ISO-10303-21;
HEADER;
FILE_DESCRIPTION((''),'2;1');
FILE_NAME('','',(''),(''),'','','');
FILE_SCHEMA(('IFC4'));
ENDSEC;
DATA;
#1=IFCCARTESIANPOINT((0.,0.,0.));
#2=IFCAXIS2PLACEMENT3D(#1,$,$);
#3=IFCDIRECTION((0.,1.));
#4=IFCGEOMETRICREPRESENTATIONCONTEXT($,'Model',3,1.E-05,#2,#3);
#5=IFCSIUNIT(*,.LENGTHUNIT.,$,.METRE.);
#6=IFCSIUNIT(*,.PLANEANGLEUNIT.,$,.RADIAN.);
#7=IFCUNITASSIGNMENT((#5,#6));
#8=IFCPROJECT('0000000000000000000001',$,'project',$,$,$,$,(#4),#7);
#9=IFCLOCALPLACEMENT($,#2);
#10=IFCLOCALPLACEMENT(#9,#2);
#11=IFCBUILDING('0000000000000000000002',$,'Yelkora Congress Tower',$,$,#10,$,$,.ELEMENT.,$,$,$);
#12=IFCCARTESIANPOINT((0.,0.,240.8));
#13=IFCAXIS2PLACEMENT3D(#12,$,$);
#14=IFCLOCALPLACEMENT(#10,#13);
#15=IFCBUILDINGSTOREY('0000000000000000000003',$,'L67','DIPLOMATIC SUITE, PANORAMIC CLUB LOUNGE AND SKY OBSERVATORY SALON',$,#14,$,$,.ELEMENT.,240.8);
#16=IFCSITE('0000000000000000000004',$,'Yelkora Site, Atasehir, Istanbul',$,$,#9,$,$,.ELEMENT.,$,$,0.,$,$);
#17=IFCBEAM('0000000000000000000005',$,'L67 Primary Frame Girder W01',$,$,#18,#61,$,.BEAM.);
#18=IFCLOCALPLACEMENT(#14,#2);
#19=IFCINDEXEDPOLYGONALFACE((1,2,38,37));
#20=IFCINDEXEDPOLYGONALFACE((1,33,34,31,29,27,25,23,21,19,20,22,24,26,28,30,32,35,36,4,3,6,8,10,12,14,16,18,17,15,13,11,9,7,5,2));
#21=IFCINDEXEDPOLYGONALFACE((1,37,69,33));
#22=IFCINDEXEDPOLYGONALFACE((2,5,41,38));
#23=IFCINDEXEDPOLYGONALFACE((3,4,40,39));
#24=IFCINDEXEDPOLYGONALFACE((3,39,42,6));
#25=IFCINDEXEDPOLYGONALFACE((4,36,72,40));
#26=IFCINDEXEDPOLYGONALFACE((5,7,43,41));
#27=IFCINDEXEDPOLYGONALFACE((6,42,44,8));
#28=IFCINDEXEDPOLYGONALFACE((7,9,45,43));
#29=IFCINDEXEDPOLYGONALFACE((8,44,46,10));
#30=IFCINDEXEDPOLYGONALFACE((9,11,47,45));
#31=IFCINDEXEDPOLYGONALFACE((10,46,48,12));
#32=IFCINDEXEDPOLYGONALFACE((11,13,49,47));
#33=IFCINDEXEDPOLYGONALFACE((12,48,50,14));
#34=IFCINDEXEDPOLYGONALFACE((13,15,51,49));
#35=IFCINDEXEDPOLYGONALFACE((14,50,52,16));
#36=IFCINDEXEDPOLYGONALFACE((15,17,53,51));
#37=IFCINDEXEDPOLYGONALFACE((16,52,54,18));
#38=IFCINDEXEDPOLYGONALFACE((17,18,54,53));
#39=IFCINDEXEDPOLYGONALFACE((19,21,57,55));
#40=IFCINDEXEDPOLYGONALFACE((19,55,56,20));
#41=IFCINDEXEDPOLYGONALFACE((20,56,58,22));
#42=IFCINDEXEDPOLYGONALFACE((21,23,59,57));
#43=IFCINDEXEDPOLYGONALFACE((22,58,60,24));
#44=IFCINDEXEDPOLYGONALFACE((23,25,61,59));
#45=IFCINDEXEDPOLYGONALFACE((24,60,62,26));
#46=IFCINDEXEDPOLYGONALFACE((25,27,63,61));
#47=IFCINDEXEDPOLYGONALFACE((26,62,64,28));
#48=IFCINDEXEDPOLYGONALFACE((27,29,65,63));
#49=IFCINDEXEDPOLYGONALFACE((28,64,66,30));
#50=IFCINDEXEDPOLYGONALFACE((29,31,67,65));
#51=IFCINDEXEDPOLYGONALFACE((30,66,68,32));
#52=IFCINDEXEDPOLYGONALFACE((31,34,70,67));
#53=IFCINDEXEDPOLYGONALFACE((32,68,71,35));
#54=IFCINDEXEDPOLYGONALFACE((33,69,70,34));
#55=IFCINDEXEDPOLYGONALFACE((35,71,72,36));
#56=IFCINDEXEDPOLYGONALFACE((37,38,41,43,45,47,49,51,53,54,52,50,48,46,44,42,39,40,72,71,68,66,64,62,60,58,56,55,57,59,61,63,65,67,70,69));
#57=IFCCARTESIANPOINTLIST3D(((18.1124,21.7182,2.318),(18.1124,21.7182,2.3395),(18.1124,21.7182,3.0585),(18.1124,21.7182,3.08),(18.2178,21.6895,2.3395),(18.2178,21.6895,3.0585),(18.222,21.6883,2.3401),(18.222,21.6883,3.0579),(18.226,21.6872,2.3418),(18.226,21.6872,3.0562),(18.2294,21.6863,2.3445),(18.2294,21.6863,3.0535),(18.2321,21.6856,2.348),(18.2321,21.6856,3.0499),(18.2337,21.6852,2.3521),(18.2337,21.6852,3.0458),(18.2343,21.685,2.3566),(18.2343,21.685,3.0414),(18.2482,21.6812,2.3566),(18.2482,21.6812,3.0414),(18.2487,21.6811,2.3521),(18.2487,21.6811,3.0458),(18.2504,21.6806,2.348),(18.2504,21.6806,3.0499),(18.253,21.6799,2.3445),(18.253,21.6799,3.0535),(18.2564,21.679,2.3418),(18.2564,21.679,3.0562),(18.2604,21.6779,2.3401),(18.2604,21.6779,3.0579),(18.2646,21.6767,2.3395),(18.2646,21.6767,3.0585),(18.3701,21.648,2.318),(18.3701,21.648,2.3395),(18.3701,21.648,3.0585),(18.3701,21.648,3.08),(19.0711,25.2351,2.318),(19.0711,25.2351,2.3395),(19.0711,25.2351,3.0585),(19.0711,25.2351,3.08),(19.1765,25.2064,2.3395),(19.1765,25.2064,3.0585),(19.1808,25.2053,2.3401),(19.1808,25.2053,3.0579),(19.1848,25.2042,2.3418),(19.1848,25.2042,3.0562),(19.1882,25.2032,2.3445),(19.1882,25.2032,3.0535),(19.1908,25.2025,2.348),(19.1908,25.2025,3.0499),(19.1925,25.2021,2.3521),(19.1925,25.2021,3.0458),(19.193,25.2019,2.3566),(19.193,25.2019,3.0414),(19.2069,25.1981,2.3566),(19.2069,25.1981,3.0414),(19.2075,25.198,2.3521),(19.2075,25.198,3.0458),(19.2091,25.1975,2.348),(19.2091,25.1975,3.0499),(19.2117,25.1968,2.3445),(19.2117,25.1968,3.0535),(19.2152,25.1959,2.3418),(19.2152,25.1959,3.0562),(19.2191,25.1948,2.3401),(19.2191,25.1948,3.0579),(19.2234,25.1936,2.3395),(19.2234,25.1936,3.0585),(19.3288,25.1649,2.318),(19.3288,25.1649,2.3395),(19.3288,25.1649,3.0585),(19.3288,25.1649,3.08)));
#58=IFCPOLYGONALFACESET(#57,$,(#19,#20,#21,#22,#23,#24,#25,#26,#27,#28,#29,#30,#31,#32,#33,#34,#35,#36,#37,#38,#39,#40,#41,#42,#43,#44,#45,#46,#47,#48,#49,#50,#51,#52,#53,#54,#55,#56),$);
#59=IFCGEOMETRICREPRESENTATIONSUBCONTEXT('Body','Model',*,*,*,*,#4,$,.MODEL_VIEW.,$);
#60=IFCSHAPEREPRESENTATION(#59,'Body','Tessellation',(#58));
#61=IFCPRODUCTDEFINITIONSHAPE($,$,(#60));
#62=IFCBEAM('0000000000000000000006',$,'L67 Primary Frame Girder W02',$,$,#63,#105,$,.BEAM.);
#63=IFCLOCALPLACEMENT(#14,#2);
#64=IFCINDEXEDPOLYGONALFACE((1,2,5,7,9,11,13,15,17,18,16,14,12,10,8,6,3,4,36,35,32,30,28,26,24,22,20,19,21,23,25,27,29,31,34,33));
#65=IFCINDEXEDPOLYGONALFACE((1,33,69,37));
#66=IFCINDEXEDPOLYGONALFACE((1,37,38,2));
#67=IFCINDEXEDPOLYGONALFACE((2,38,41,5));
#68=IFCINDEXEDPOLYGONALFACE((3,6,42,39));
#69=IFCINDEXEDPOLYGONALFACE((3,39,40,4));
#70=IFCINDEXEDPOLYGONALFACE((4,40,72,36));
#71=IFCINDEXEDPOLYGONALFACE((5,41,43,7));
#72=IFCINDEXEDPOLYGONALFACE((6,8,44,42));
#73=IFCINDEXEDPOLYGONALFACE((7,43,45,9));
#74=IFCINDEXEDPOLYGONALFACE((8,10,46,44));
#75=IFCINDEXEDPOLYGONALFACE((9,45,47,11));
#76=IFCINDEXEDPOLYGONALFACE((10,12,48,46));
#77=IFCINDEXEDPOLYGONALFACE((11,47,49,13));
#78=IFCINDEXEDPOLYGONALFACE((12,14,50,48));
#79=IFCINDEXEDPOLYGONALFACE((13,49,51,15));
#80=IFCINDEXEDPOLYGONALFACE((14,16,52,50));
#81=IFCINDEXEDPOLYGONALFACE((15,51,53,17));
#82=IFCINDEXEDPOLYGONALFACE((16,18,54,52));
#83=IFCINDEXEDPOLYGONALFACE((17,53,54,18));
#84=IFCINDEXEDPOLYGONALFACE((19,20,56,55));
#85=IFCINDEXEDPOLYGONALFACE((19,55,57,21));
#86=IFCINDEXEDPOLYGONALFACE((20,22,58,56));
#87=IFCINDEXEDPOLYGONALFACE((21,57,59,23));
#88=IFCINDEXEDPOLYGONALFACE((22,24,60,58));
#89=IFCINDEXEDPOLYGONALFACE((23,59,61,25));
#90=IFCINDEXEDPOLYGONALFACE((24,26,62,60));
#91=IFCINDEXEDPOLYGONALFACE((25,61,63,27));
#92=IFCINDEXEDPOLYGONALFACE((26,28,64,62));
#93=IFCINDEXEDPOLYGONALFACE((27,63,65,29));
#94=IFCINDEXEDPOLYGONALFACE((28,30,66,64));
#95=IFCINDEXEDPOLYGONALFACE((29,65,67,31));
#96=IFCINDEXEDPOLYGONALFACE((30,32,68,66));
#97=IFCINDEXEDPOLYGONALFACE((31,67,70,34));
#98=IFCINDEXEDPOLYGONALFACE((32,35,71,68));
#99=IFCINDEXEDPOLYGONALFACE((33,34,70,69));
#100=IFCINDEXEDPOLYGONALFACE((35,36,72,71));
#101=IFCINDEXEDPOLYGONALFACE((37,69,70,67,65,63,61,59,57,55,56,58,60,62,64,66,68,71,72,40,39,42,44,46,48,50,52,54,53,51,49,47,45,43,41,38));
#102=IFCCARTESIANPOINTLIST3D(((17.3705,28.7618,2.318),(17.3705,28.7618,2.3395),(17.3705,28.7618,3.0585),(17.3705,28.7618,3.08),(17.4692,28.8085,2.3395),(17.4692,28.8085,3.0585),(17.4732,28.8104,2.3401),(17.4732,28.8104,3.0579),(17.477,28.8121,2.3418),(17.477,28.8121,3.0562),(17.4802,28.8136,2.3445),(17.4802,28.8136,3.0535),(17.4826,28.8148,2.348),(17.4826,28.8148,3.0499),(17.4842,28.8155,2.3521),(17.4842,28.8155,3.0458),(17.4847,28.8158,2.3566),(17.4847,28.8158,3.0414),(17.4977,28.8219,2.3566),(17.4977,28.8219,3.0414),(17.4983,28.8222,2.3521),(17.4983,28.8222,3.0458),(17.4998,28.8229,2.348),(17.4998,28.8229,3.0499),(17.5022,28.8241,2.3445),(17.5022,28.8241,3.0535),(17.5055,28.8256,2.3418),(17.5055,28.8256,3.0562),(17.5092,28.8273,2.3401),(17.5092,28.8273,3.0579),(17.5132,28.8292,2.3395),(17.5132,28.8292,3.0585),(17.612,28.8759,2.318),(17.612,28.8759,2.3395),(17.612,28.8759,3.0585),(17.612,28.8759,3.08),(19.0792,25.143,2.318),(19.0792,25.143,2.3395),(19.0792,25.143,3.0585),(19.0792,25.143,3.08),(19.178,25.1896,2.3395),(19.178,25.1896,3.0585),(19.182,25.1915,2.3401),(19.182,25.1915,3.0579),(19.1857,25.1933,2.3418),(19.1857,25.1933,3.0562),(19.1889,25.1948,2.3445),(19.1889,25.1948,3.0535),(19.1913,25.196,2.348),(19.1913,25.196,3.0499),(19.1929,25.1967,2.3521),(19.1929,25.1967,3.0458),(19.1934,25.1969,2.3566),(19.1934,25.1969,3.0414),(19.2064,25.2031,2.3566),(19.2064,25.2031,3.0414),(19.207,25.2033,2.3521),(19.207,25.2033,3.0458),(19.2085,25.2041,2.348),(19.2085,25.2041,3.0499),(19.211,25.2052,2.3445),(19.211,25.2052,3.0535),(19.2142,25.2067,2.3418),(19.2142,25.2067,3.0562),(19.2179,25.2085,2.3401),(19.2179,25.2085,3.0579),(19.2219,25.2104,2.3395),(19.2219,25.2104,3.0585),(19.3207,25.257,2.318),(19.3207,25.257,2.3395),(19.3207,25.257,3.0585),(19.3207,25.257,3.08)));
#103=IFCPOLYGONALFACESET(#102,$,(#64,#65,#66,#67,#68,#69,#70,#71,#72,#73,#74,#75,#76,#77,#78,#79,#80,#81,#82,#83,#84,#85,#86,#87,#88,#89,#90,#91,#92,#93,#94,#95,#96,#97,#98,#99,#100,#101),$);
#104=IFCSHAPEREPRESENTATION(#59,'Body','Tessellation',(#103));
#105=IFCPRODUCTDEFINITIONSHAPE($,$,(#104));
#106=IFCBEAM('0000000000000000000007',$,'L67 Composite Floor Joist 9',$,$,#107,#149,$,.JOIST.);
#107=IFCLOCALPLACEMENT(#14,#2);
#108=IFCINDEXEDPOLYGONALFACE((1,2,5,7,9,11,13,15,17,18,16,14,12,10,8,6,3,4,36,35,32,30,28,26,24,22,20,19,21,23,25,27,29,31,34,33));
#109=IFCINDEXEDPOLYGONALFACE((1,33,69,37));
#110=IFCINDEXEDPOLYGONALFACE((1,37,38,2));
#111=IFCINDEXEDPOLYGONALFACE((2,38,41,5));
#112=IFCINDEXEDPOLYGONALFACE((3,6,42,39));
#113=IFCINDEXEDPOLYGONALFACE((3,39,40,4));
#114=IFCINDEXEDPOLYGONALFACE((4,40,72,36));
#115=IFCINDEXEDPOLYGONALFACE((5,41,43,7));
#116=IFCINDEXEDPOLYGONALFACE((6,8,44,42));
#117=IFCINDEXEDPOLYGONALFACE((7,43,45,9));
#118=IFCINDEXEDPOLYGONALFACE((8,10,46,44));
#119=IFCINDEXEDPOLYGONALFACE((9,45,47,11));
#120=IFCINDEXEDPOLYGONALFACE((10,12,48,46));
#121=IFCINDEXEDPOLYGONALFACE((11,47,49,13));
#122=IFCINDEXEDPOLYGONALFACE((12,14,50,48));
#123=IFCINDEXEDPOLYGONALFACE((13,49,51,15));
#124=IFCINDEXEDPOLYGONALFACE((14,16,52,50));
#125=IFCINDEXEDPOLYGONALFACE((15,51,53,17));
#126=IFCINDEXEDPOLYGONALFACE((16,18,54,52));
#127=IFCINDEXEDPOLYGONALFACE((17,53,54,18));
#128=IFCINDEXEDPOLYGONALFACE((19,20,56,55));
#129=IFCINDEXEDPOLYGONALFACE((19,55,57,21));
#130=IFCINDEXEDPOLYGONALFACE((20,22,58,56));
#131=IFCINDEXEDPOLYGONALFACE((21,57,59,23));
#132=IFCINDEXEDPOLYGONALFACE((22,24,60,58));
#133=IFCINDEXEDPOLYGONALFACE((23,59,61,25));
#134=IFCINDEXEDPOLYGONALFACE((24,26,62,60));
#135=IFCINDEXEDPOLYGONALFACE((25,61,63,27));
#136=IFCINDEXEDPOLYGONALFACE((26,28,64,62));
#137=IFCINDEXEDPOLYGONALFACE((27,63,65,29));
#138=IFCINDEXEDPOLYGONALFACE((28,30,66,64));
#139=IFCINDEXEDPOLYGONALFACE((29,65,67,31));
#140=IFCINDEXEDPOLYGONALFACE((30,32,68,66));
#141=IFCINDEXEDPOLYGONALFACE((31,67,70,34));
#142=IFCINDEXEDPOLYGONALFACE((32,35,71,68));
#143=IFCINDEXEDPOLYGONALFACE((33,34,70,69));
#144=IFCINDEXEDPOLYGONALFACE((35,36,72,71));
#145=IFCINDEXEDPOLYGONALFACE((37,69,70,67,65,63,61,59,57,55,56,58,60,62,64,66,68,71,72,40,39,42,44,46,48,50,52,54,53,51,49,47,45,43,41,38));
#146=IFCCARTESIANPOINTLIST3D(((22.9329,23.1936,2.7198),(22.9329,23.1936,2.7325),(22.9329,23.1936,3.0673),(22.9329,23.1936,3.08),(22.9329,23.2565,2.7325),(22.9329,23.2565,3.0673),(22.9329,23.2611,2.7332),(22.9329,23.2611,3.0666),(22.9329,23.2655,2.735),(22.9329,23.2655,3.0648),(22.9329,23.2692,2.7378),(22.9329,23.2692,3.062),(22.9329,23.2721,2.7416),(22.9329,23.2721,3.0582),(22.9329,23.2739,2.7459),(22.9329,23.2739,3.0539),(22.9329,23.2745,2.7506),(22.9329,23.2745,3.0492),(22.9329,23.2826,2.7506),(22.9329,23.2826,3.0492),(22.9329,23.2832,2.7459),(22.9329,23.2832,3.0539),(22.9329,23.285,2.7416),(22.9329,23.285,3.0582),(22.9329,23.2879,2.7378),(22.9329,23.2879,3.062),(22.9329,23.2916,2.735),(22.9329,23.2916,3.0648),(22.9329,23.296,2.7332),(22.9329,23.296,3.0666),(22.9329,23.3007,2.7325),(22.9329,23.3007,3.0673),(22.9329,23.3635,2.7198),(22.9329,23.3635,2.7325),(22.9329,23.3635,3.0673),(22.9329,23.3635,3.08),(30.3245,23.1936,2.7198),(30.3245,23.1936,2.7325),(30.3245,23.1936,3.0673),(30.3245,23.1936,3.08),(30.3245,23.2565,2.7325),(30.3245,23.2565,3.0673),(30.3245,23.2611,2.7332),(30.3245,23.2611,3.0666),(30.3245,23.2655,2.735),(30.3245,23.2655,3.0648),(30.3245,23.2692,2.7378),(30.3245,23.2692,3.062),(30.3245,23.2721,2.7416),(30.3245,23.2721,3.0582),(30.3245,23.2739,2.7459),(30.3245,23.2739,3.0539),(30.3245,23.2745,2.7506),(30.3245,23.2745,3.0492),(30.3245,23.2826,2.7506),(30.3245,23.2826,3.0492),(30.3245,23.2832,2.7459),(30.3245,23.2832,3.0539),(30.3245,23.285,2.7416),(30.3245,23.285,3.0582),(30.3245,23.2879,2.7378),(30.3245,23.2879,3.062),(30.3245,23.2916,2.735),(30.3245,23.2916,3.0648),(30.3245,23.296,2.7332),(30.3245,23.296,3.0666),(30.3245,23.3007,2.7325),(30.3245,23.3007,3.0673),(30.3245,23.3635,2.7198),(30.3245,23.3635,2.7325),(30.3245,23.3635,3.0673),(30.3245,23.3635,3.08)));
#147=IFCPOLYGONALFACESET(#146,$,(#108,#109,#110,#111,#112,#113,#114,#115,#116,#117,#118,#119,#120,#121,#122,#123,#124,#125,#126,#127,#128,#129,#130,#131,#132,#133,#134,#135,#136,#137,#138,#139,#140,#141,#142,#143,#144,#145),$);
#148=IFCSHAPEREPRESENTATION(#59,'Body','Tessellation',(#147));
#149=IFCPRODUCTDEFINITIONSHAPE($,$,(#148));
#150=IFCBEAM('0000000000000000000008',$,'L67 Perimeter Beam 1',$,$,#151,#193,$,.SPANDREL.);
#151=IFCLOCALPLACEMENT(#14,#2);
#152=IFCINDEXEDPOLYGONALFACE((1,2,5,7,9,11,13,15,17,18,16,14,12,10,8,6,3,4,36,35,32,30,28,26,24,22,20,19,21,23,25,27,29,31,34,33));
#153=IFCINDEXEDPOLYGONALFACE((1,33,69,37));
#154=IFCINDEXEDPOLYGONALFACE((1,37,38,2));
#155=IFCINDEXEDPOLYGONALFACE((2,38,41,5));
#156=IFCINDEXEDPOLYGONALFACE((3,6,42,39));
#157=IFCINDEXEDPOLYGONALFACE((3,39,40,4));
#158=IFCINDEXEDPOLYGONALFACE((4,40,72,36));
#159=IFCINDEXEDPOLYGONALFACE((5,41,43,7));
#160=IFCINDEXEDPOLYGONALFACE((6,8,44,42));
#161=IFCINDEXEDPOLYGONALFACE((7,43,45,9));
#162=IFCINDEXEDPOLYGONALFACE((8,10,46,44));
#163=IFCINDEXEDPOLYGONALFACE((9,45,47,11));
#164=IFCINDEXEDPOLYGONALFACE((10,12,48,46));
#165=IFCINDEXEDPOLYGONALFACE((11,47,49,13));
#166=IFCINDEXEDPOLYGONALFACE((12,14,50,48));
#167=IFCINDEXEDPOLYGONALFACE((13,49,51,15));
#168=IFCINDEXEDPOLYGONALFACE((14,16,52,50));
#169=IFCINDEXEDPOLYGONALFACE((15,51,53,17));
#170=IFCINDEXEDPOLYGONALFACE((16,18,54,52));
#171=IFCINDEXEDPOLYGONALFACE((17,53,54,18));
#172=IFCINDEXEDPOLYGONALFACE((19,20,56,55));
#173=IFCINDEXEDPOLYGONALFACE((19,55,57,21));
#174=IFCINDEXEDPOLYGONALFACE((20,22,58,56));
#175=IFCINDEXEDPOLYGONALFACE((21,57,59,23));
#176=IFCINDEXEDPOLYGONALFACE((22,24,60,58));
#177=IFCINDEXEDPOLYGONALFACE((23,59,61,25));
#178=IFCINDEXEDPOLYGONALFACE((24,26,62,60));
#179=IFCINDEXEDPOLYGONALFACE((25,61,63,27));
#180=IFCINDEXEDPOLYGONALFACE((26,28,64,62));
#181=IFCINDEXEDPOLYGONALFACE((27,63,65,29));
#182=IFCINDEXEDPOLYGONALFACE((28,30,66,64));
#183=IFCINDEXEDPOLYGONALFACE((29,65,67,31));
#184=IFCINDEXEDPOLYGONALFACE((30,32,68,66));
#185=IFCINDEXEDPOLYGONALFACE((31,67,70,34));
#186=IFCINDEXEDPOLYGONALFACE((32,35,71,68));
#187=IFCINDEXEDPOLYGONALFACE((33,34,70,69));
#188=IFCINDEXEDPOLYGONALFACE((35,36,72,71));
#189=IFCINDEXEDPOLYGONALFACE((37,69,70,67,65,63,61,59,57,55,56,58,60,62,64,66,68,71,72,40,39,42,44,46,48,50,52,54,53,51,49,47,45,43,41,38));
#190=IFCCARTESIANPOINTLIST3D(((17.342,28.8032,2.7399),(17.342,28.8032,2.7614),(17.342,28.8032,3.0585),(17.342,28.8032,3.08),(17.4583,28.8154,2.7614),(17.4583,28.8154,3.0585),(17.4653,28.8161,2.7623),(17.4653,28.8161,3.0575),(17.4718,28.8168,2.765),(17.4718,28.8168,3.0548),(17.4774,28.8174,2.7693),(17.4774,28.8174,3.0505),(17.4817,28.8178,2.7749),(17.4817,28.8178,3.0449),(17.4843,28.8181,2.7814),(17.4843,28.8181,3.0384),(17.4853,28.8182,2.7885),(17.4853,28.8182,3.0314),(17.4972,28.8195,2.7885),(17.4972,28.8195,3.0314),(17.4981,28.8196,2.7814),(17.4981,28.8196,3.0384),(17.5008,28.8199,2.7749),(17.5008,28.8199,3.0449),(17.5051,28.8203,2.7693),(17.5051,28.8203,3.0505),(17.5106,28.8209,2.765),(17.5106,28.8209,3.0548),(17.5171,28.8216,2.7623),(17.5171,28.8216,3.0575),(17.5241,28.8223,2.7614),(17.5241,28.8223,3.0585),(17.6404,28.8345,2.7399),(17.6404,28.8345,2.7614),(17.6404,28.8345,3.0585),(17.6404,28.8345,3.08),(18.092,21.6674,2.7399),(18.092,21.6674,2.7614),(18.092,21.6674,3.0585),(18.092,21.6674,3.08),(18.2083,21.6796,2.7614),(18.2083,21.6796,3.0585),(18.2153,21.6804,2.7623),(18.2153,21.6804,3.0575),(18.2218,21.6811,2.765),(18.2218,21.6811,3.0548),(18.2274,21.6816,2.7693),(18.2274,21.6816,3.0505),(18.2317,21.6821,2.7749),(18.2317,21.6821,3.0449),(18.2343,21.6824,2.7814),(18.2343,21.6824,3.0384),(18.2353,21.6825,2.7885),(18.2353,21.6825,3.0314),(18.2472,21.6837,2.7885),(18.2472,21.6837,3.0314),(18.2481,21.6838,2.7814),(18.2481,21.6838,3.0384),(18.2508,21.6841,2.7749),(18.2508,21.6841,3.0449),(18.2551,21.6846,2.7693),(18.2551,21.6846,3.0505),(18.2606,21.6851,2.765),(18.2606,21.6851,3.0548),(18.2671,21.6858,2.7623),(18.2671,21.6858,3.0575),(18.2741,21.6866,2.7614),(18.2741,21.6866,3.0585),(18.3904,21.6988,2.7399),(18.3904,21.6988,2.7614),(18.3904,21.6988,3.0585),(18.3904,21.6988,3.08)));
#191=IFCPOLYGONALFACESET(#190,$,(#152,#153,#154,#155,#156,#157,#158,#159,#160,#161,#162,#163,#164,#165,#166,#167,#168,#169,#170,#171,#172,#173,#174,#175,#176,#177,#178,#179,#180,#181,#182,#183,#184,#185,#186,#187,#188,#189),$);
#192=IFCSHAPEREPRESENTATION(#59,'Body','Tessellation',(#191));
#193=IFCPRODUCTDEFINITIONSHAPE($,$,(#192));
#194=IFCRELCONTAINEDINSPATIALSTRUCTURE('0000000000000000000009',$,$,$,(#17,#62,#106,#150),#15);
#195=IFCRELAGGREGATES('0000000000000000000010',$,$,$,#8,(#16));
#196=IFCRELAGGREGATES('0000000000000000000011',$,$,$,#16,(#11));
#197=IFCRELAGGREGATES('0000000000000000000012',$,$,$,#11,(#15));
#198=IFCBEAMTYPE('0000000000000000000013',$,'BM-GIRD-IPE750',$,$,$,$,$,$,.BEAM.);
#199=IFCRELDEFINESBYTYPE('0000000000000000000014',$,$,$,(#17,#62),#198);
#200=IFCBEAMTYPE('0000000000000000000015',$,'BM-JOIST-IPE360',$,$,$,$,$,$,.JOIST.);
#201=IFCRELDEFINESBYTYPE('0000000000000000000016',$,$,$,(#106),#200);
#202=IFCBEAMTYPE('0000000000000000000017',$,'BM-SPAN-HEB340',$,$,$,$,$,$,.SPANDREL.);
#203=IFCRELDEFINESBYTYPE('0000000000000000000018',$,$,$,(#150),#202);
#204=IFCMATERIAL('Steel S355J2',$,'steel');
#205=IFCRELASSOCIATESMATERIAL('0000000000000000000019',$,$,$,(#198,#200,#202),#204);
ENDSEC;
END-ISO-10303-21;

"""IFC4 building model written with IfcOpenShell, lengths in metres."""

from ifc_helpers import new_model, si_unit, direction, frame, origin, origin_2d, place, context, subcontext, project, spatial, i_section, extrude, material, material_profile, profile_set, type_object, element, save


model = new_model("IFC4")

# Units and contexts
model_context = context("Model", 3, precision=1e-05, world=origin(), true_north=direction((0.0, 1.0)))
body_context = subcontext(model_context, "Body", "Model", "MODEL_VIEW")
ifc_project = project(units=[si_unit("LENGTHUNIT", "METRE"), si_unit("PLANEANGLEUNIT", "RADIAN")], contexts=[model_context])

# Site, building, storey
site_placement = place(None, origin())
site = spatial("IfcSite", under=ifc_project, at=site_placement, Name="Yelkora Site, Atasehir, Istanbul", CompositionType="ELEMENT", RefElevation=0.0)
building_placement = place(site_placement, origin())
building = spatial("IfcBuilding", under=site, at=building_placement, Name="Yelkora Congress Tower", CompositionType="ELEMENT")
storey_placement = place(building_placement, frame((0.0, 0.0, 240.8)))
storey = spatial("IfcBuildingStorey", under=building, at=storey_placement, Name="L67", Description="DIPLOMATIC SUITE, PANORAMIC CLUB LOUNGE AND SKY OBSERVATORY SALON", CompositionType="ELEMENT", Elevation=240.8)

# Shared definitions
ifc_material_1 = material(Name="Steel S355J2", Category="steel")

# Beams
ifc_material_profile_1 = material_profile(ifc_material_1, i_section(OverallWidth=0.2671, OverallDepth=0.762, WebThickness=0.0144, FlangeThickness=0.0215, FilletRadius=0.0171, at=origin_2d()), Name="IPE 750x173")
ifc_profile_set_1 = profile_set([ifc_material_profile_1], Name="Steel S355J2")
beam_type_1 = type_object("IfcBeamType", Name="BM-GIRD-IPE750", PredefinedType="BEAM", material=ifc_profile_set_1)
beam_1_placement = place(storey_placement, frame((18.2412, 21.6831, 2.699), z_axis=(0.263015, 0.964792, 0.0), x_axis=(-0.964792, 0.263015, 0.0)))
element("IfcBeam", 1, at=beam_1_placement, inside=storey, type_object=beam_type_1, Name="L67 Primary Frame Girder W01", PredefinedType="BEAM", context=body_context, shape_type="SweptSolid", body=[
    extrude(i_section(OverallWidth=0.2671, OverallDepth=0.762, WebThickness=0.0144, FlangeThickness=0.0215, FilletRadius=0.0171, at=origin_2d()), origin(), (0.0, 0.0, 1.0), 3.6453),
])
beam_2_placement = place(storey_placement, frame((17.4912, 28.8188, 2.699), z_axis=(0.426969, -0.904266, 0.0), x_axis=(0.904266, 0.426969, 0.0)))
element("IfcBeam", 2, at=beam_2_placement, inside=storey, type_object=beam_type_1, Name="L67 Primary Frame Girder W02", PredefinedType="BEAM", context=body_context, shape_type="SweptSolid", body=[
    extrude(i_section(OverallWidth=0.2671, OverallDepth=0.762, WebThickness=0.0144, FlangeThickness=0.0215, FilletRadius=0.0171, at=origin_2d()), origin(), (0.0, 0.0, 1.0), 4.002),
])
ifc_material_profile_2 = material_profile(ifc_material_1, i_section(OverallWidth=0.1699, OverallDepth=0.3601, WebThickness=0.0081, FlangeThickness=0.0127, FilletRadius=0.0181, at=origin_2d()), Name="IPE 360")
ifc_profile_set_2 = profile_set([ifc_material_profile_2], Name="Steel S355J2")
beam_type_2 = type_object("IfcBeamType", Name="BM-JOIST-IPE360", PredefinedType="JOIST", material=ifc_profile_set_2)
beam_3_placement = place(storey_placement, frame((22.9329, 23.2786, 2.8999), z_axis=(1.0, 0.0, 0.0), x_axis=(0.0, 1.0, 0.0)))
element("IfcBeam", 3, at=beam_3_placement, inside=storey, type_object=beam_type_2, Name="L67 Composite Floor Joist 9", PredefinedType="JOIST", context=body_context, shape_type="SweptSolid", body=[
    extrude(i_section(OverallWidth=0.1699, OverallDepth=0.3601, WebThickness=0.0081, FlangeThickness=0.0127, FilletRadius=0.0181, at=origin_2d()), origin(), (0.0, 0.0, 1.0), 7.3916),
])
ifc_material_profile_3 = material_profile(ifc_material_1, i_section(OverallWidth=0.3, OverallDepth=0.3401, WebThickness=0.012, FlangeThickness=0.0215, FilletRadius=0.0271, at=origin_2d()), Name="HEB 340")
ifc_profile_set_3 = profile_set([ifc_material_profile_3], Name="Steel S355J2")
beam_type_3 = type_object("IfcBeamType", Name="BM-SPAN-HEB340", PredefinedType="SPANDREL", material=ifc_profile_set_3)
beam_4_placement = place(storey_placement, frame((17.4912, 28.8188, 2.9099), z_axis=(0.104529, -0.994522, 0.0), x_axis=(0.994522, 0.104529, 0.0)))
element("IfcBeam", 4, at=beam_4_placement, inside=storey, type_object=beam_type_3, Name="L67 Perimeter Beam 1", PredefinedType="SPANDREL", context=body_context, shape_type="SweptSolid", body=[
    extrude(i_section(OverallWidth=0.3, OverallDepth=0.3401, WebThickness=0.012, FlangeThickness=0.0215, FilletRadius=0.0271, at=origin_2d()), origin(), (0.0, 0.0, 1.0), 7.175),
])

save(model, "model.ifc")
